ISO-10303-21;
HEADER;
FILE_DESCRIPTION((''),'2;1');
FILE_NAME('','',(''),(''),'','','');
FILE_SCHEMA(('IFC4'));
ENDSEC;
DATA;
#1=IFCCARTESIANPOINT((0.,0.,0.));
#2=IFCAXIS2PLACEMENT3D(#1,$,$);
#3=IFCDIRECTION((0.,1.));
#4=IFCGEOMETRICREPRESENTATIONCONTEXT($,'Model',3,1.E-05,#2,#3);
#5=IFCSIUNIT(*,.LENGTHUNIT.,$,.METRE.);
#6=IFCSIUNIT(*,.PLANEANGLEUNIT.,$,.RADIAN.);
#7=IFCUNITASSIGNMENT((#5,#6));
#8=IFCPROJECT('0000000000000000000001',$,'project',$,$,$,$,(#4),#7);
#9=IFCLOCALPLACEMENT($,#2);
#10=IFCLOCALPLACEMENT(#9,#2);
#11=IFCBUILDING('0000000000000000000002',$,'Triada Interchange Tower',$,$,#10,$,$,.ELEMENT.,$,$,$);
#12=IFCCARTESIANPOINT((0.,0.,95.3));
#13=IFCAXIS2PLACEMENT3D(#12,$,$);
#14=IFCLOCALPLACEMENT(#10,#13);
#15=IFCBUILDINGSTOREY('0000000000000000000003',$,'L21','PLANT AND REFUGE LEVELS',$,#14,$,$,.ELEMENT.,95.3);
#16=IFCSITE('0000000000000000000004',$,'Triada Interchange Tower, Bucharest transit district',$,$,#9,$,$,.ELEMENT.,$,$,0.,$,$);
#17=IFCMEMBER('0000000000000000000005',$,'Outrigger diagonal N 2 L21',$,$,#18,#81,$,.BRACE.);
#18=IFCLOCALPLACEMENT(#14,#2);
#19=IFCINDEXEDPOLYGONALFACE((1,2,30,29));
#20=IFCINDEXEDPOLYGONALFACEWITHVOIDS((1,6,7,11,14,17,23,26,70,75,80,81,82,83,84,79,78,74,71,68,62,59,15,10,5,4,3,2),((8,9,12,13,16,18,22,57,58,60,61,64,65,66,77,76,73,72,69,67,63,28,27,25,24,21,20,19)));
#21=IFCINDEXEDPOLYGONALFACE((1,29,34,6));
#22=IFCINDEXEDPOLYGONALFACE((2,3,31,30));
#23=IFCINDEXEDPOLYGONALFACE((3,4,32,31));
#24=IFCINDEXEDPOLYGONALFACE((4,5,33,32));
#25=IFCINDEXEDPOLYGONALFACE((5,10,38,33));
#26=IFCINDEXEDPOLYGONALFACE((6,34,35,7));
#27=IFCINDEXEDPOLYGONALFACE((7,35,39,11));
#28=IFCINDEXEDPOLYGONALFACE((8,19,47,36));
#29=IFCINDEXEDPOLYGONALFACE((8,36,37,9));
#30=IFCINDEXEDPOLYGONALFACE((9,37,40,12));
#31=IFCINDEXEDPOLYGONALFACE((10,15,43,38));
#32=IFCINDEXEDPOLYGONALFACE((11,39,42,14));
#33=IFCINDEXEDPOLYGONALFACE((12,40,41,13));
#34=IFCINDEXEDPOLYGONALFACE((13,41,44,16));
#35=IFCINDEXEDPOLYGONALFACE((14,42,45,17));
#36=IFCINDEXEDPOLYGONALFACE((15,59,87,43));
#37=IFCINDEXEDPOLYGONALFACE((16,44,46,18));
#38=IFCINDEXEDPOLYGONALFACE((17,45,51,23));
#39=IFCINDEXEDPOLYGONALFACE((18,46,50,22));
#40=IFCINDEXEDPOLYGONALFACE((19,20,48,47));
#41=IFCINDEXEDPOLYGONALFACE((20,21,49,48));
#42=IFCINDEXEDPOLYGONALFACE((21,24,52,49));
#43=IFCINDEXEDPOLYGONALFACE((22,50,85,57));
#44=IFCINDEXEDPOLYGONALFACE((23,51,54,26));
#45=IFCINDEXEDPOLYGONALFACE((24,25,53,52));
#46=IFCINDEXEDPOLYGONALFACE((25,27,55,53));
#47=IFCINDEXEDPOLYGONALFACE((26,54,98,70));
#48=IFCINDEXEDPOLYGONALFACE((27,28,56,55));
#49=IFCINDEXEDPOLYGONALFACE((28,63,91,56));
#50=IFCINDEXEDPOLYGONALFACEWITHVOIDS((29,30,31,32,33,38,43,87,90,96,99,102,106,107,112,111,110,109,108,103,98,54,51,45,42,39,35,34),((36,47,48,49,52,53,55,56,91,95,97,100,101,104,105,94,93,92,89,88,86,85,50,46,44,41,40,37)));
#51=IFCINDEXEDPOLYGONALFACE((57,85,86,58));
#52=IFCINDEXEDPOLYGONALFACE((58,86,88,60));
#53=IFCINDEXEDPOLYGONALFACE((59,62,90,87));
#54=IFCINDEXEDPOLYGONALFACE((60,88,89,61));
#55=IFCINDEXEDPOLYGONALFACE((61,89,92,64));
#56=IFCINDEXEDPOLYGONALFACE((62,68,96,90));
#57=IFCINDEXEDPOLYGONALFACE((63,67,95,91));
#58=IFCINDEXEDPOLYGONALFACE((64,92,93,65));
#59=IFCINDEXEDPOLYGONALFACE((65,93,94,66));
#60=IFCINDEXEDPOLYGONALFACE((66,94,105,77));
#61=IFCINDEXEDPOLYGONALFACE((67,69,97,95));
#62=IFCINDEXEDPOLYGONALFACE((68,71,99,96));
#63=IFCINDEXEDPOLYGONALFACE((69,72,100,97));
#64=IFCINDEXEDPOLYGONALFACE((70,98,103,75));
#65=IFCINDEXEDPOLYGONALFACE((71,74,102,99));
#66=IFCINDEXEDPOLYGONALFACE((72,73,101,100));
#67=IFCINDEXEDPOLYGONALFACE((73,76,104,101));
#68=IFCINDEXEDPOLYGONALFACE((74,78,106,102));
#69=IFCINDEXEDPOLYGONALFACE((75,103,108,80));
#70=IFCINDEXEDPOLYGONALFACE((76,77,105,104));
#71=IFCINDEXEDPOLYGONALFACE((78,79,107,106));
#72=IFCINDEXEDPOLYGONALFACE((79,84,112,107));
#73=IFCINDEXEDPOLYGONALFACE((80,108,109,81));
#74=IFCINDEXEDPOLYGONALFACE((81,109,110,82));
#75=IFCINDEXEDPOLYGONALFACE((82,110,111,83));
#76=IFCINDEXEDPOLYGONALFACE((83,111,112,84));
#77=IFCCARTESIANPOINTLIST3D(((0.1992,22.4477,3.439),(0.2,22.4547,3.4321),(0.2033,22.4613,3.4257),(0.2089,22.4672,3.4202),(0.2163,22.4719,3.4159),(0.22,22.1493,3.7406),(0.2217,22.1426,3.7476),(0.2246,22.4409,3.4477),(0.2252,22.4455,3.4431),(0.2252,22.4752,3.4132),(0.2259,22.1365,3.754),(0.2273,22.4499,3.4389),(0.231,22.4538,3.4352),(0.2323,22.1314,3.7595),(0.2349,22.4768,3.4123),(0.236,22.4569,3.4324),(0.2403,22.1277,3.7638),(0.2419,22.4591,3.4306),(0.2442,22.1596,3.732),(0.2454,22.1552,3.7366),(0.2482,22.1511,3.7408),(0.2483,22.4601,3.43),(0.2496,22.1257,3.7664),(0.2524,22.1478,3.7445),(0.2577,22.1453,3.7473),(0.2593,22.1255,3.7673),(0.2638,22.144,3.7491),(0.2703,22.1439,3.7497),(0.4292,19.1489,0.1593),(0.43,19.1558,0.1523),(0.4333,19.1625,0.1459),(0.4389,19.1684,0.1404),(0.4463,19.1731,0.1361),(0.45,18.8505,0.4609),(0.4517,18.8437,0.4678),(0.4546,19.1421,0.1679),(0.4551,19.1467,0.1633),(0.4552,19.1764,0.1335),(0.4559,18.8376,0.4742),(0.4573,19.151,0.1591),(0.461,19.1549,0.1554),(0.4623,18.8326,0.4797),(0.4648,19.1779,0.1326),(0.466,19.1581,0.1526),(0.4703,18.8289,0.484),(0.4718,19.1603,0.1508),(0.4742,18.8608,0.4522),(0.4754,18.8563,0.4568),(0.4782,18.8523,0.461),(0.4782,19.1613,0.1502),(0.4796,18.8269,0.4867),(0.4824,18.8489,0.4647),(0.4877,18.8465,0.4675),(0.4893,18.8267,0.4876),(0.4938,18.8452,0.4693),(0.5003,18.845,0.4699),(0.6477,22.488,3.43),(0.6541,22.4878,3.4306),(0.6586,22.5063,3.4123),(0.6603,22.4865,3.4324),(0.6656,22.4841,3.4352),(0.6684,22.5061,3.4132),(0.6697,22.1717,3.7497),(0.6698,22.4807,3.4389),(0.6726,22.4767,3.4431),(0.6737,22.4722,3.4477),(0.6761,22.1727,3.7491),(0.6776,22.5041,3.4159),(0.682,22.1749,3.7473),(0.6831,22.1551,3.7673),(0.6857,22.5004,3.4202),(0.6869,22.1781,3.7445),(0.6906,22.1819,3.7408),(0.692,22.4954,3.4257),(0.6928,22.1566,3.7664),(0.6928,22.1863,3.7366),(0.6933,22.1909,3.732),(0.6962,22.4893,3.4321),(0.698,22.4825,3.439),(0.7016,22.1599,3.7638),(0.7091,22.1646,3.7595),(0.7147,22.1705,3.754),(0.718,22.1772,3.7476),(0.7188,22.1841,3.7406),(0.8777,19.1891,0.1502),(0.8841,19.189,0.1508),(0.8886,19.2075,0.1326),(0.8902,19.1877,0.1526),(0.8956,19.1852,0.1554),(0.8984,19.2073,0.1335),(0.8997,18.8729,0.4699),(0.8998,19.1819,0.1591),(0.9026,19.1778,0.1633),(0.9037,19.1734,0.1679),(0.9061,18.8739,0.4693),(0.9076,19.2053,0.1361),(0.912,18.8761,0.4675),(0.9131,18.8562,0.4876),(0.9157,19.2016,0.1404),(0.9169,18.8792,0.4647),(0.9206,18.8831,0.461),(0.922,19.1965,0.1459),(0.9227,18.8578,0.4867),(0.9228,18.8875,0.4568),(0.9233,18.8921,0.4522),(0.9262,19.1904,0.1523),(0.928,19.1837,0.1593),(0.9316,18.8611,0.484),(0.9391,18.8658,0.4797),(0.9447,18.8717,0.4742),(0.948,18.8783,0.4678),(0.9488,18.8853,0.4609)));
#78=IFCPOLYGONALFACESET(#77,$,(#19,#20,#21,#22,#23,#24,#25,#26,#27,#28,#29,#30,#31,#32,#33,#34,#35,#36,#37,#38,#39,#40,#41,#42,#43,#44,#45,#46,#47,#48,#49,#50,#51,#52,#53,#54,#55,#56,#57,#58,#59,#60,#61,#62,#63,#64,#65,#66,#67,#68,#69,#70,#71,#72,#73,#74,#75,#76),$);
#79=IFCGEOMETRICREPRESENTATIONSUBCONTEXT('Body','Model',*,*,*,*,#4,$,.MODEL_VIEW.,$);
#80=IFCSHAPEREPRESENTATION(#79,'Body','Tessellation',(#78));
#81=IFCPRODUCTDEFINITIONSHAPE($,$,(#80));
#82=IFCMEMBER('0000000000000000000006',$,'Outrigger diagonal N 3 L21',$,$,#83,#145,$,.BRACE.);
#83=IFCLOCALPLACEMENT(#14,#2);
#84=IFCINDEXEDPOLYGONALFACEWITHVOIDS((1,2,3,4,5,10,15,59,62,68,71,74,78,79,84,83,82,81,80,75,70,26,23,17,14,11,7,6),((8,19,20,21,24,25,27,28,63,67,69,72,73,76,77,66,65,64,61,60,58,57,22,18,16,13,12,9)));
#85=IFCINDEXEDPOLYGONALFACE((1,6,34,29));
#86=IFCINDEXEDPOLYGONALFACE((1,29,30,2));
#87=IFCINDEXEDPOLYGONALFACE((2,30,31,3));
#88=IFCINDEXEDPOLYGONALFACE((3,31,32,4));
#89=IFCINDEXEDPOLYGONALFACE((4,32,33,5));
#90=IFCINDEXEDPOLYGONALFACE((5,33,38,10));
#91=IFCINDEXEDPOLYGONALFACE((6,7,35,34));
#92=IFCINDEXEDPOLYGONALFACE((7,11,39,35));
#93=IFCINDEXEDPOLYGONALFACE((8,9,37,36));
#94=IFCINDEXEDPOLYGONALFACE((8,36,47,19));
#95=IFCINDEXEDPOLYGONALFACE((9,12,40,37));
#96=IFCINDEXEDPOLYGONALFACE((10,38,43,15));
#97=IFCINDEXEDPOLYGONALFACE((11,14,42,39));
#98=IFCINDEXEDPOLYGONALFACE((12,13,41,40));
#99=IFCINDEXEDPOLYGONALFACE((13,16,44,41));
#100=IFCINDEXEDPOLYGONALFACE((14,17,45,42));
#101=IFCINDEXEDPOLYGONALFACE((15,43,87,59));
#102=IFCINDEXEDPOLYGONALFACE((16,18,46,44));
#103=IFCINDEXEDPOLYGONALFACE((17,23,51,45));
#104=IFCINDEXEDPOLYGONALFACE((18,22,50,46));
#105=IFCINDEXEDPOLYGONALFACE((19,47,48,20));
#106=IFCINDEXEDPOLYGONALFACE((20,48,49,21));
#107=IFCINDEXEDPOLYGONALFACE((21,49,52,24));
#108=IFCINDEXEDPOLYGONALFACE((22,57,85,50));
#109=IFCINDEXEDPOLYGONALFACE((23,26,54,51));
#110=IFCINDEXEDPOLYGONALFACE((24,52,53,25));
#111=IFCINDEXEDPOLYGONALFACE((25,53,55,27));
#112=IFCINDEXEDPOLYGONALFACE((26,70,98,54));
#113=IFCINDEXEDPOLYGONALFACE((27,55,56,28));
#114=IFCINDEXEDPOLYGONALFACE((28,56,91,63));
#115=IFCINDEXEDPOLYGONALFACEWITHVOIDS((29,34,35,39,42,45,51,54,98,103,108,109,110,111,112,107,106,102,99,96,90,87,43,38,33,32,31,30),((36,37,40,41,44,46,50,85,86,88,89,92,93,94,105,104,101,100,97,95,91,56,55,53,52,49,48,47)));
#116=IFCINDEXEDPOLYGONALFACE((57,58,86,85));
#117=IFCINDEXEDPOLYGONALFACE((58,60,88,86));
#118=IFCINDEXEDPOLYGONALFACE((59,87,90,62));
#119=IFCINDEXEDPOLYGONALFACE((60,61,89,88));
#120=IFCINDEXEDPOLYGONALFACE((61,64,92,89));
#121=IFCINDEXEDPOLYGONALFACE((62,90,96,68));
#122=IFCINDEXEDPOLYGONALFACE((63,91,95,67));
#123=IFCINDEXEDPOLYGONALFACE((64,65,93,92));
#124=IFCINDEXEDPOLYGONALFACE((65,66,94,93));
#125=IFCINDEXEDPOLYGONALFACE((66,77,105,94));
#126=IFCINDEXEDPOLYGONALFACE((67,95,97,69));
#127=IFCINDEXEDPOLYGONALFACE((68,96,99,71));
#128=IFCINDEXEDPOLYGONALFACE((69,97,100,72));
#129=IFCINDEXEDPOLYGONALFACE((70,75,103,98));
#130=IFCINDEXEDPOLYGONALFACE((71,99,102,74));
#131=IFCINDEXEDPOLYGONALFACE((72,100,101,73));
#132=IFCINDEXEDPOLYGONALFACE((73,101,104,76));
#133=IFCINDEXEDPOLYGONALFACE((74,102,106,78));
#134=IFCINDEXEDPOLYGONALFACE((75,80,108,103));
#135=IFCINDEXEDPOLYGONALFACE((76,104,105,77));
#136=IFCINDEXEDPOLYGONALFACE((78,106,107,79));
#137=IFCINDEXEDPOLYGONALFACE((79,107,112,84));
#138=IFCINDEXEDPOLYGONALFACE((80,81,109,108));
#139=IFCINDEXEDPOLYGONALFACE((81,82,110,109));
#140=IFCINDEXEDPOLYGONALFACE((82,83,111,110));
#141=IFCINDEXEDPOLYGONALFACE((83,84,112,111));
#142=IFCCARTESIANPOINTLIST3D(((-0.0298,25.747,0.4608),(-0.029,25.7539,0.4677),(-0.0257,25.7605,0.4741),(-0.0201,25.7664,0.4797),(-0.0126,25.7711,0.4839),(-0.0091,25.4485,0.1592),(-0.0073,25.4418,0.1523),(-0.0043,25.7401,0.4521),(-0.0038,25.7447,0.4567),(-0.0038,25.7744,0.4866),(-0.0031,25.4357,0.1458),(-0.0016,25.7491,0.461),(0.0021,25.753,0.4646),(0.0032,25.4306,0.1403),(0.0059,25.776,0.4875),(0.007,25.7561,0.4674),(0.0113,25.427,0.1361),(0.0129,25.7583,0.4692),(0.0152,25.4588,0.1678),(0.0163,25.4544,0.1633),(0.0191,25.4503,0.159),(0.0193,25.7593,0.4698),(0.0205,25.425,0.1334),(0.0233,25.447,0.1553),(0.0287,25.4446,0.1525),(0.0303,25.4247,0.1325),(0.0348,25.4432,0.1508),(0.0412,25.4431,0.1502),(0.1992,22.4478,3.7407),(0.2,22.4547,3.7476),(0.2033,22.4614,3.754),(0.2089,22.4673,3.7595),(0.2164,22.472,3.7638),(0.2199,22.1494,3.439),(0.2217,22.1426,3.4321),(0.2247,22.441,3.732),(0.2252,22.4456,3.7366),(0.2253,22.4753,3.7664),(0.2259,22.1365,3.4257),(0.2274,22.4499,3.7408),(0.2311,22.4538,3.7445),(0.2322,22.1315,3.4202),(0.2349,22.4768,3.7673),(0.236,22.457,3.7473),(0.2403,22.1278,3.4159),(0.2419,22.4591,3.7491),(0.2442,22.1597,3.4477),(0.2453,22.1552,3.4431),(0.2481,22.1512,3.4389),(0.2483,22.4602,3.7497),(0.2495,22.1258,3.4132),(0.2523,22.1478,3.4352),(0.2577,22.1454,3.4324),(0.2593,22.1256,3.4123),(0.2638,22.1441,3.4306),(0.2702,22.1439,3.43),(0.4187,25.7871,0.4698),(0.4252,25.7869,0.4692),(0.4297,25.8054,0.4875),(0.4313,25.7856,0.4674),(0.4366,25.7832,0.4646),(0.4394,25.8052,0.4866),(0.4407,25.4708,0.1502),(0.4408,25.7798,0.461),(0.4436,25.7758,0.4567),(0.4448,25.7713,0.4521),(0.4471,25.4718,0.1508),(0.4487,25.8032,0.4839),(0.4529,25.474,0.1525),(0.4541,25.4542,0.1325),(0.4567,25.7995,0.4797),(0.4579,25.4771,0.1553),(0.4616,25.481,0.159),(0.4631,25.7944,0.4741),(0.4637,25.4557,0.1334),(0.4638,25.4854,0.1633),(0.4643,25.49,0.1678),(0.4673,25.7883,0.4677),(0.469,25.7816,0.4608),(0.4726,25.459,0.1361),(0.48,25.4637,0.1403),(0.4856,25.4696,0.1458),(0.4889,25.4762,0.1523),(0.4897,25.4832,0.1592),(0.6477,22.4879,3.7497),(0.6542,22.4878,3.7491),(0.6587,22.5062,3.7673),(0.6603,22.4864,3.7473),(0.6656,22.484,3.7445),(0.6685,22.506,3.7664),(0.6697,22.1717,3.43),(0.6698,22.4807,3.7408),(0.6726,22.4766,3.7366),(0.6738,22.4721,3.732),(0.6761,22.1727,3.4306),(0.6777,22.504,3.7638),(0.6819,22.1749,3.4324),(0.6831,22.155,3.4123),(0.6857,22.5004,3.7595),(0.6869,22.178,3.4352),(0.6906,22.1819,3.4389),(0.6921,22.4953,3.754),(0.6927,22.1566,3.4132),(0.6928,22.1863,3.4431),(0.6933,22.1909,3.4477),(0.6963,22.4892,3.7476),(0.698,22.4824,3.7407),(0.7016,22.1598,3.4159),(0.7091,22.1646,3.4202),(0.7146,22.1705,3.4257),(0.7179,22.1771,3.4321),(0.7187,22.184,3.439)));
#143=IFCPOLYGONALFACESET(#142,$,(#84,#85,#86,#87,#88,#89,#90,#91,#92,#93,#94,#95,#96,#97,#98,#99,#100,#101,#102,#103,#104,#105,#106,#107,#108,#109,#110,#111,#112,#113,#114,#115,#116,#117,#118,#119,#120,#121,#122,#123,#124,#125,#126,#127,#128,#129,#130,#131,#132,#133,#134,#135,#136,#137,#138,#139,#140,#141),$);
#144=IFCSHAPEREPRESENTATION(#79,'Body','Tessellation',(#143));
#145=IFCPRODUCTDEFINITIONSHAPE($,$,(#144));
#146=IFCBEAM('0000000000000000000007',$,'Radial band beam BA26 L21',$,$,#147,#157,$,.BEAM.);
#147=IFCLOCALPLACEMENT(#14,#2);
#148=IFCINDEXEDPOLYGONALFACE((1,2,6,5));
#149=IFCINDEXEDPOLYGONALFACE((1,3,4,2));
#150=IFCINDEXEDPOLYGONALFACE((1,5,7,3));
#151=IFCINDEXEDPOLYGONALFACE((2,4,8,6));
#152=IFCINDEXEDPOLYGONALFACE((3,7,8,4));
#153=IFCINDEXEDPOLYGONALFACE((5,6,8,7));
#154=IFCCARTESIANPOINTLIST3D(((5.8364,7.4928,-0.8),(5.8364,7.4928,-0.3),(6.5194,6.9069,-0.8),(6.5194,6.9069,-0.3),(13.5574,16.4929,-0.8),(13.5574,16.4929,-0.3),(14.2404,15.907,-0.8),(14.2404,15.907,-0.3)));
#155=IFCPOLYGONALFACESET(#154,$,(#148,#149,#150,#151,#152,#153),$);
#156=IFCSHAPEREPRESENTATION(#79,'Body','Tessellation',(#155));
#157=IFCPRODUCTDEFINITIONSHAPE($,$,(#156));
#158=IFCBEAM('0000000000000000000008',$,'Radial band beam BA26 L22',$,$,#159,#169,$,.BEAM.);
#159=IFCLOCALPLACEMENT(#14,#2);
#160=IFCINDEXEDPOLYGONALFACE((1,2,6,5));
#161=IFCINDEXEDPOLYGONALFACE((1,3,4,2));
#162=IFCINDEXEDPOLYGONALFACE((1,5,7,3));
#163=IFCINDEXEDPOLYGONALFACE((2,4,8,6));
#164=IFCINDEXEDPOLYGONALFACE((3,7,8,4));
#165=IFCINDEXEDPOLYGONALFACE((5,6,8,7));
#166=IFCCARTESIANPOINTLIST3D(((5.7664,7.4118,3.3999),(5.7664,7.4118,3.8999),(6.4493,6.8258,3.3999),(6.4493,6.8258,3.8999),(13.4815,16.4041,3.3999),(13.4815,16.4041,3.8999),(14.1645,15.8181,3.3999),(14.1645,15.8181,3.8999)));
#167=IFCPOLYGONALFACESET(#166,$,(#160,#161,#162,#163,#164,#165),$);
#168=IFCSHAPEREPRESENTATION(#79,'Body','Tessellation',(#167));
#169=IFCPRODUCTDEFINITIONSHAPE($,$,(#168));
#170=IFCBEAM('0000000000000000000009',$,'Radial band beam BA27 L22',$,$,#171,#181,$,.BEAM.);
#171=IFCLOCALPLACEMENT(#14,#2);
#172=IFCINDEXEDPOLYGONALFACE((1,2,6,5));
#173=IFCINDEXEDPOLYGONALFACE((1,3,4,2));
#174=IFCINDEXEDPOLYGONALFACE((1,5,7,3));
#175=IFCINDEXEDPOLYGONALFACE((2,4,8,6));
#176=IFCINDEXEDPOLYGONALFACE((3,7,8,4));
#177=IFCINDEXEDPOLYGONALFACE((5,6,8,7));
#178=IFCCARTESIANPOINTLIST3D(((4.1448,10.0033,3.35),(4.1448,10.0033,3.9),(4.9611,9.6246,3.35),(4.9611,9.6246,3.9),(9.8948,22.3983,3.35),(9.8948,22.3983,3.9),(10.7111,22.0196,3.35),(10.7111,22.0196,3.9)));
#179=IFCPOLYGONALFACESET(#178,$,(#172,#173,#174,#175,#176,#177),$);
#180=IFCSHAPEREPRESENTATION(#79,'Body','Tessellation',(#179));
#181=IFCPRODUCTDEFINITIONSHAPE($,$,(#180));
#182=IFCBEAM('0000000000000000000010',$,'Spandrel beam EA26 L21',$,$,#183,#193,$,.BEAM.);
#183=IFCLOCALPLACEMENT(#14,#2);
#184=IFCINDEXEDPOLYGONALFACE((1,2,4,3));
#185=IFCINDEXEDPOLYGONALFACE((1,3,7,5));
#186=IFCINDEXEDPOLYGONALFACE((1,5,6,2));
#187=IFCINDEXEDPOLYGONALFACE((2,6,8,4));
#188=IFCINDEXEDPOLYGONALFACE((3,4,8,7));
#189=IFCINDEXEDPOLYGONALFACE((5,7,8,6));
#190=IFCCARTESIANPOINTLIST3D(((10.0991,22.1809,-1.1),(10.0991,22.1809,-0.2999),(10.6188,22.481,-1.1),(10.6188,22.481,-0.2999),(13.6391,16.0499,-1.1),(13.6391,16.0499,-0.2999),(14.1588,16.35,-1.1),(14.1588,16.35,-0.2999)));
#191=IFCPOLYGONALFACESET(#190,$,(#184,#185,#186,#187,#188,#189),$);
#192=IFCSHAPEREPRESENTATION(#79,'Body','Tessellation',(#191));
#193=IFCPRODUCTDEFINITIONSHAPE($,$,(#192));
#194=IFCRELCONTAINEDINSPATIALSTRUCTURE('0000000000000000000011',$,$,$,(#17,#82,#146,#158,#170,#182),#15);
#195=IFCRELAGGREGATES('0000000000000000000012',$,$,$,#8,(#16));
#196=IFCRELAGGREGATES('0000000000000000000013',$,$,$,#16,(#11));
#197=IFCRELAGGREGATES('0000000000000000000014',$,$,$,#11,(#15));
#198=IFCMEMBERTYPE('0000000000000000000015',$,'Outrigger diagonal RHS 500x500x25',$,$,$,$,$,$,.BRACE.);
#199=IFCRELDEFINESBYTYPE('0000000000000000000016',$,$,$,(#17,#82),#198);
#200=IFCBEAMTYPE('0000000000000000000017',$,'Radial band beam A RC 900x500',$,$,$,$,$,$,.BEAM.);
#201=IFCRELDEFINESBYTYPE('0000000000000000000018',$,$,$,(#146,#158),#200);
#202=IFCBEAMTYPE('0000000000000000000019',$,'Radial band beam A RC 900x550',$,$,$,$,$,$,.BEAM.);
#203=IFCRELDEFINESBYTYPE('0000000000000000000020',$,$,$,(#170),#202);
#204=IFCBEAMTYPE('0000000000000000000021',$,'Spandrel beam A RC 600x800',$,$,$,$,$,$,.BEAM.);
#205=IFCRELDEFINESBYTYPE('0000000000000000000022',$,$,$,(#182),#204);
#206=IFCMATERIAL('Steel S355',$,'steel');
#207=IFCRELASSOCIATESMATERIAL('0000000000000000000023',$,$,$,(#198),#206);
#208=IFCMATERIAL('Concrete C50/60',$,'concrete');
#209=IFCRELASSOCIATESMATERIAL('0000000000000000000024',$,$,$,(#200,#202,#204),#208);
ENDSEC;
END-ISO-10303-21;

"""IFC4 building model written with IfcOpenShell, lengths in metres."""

from ifc_helpers import new_model, si_unit, direction, frame, origin, origin_2d, place, context, subcontext, project, spatial, rectangle, hollow_rectangle, extrude, material, material_profile, profile_set, type_object, element, save


model = new_model("IFC4")

# Units and contexts
model_context = context("Model", 3, precision=1e-05, world=origin(), true_north=direction((0.0, 1.0)))
body_context = subcontext(model_context, "Body", "Model", "MODEL_VIEW")
ifc_project = project(units=[si_unit("LENGTHUNIT", "METRE"), si_unit("PLANEANGLEUNIT", "RADIAN")], contexts=[model_context])

# Site, building, storey
site_placement = place(None, origin())
site = spatial("IfcSite", under=ifc_project, at=site_placement, Name="Triada Interchange Tower, Bucharest transit district", CompositionType="ELEMENT", RefElevation=0.0)
building_placement = place(site_placement, origin())
building = spatial("IfcBuilding", under=site, at=building_placement, Name="Triada Interchange Tower", CompositionType="ELEMENT")
storey_placement = place(building_placement, frame((0.0, 0.0, 95.3)))
storey = spatial("IfcBuildingStorey", under=building, at=storey_placement, Name="L21", Description="PLANT AND REFUGE LEVELS", CompositionType="ELEMENT", Elevation=95.3)

# Shared definitions
ifc_material_1 = material(Name="Steel S355", Category="steel")

# Members
ifc_material_profile_1 = material_profile(ifc_material_1, hollow_rectangle(XDim=0.5, YDim=0.5, WallThickness=0.0249, InnerFilletRadius=0.0249, OuterFilletRadius=0.0376, at=origin_2d()), Name="RHS 500x500x25")
ifc_profile_set_1 = profile_set([ifc_material_profile_1], Name="Steel S355")
member_type_1 = type_object("IfcMemberType", Name="Outrigger diagonal RHS 500x500x25", PredefinedType="BRACE", material=ifc_profile_set_1)
member_1_placement = place(storey_placement, frame((0.689, 19.0171, 0.3101), z_axis=(-0.049379, 0.708286, 0.704197), x_axis=(-0.997579, -0.069547, 0.0)))
element("IfcMember", 1, at=member_1_placement, inside=storey, type_object=member_type_1, Name="Outrigger diagonal N 2 L21", PredefinedType="BRACE", context=body_context, shape_type="SweptSolid", body=[
    extrude(hollow_rectangle(XDim=0.5, YDim=0.5, WallThickness=0.0249, InnerFilletRadius=0.0249, OuterFilletRadius=0.0376, at=origin_2d()), origin(), (0.0, 0.0, 1.0), 4.6575),
])
member_2_placement = place(storey_placement, frame((0.459, 22.3159, 3.5898), z_axis=(-0.049168, 0.708319, -0.704178), x_axis=(-0.997599, -0.069248, 0.0)))
element("IfcMember", 2, at=member_2_placement, inside=storey, type_object=member_type_1, Name="Outrigger diagonal N 3 L21", PredefinedType="BRACE", context=body_context, shape_type="SweptSolid", body=[
    extrude(hollow_rectangle(XDim=0.5, YDim=0.5, WallThickness=0.0249, InnerFilletRadius=0.0249, OuterFilletRadius=0.0376, at=origin_2d()), origin(), (0.0, 0.0, 1.0), 4.6577),
])

# Beams
ifc_material_2 = material(Name="Concrete C50/60", Category="concrete")
ifc_material_profile_2 = material_profile(ifc_material_2, rectangle(XDim=0.8999, YDim=0.5, at=origin_2d()), Name="RC 900x500")
ifc_profile_set_2 = profile_set([ifc_material_profile_2], Name="Concrete C50/60")
beam_type_1 = type_object("IfcBeamType", Name="Radial band beam A RC 900x500", PredefinedType="BEAM", material=ifc_profile_set_2)
beam_1_placement = place(storey_placement, frame((13.8989, 16.2, -0.55), z_axis=(-0.651115, -0.758979, 0.0), x_axis=(0.758979, -0.651115, 0.0)))
element("IfcBeam", 3, at=beam_1_placement, inside=storey, type_object=beam_type_1, Name="Radial band beam BA26 L21", PredefinedType="BEAM", context=body_context, shape_type="SweptSolid", body=[
    extrude(rectangle(XDim=0.8999, YDim=0.5, at=origin_2d()), origin(), (0.0, 0.0, 1.0), 11.8582),
])
beam_2_placement = place(storey_placement, frame((13.823, 16.1111, 3.6499), z_axis=(-0.651156, -0.758944, 0.0), x_axis=(0.758944, -0.651156, 0.0)))
element("IfcBeam", 4, at=beam_2_placement, inside=storey, type_object=beam_type_1, Name="Radial band beam BA26 L22", PredefinedType="BEAM", context=body_context, shape_type="SweptSolid", body=[
    extrude(rectangle(XDim=0.8999, YDim=0.5, at=origin_2d()), origin(), (0.0, 0.0, 1.0), 11.8484),
])
ifc_material_profile_3 = material_profile(ifc_material_2, rectangle(XDim=0.8999, YDim=0.55, at=origin_2d()), Name="RC 900x550")
ifc_profile_set_3 = profile_set([ifc_material_profile_3], Name="Concrete C50/60")
beam_type_2 = type_object("IfcBeamType", Name="Radial band beam A RC 900x550", PredefinedType="BEAM", material=ifc_profile_set_3)
beam_3_placement = place(storey_placement, frame((10.303, 22.209, 3.625), z_axis=(-0.42082, -0.907144, 0.0), x_axis=(0.907144, -0.42082, 0.0)))
element("IfcBeam", 5, at=beam_3_placement, inside=storey, type_object=beam_type_2, Name="Radial band beam BA27 L22", PredefinedType="BEAM", context=body_context, shape_type="SweptSolid", body=[
    extrude(rectangle(XDim=0.8999, YDim=0.55, at=origin_2d()), origin(), (0.0, 0.0, 1.0), 13.6638),
])
ifc_material_profile_4 = material_profile(ifc_material_2, rectangle(XDim=0.6001, YDim=0.8, at=origin_2d()), Name="RC 600x800")
ifc_profile_set_4 = profile_set([ifc_material_profile_4], Name="Concrete C50/60")
beam_type_3 = type_object("IfcBeamType", Name="Spandrel beam A RC 600x800", PredefinedType="BEAM", material=ifc_profile_set_4)
beam_4_placement = place(storey_placement, frame((13.8989, 16.2, -0.7), z_axis=(-0.500026, 0.86601, 0.0), x_axis=(-0.86601, -0.500026, 0.0)))
element("IfcBeam", 6, at=beam_4_placement, inside=storey, type_object=beam_type_3, Name="Spandrel beam EA26 L21", PredefinedType="BEAM", context=body_context, shape_type="SweptSolid", body=[
    extrude(rectangle(XDim=0.6001, YDim=0.8, at=origin_2d()), origin(), (0.0, 0.0, 1.0), 7.0796),
])

save(model, "model.ifc")
